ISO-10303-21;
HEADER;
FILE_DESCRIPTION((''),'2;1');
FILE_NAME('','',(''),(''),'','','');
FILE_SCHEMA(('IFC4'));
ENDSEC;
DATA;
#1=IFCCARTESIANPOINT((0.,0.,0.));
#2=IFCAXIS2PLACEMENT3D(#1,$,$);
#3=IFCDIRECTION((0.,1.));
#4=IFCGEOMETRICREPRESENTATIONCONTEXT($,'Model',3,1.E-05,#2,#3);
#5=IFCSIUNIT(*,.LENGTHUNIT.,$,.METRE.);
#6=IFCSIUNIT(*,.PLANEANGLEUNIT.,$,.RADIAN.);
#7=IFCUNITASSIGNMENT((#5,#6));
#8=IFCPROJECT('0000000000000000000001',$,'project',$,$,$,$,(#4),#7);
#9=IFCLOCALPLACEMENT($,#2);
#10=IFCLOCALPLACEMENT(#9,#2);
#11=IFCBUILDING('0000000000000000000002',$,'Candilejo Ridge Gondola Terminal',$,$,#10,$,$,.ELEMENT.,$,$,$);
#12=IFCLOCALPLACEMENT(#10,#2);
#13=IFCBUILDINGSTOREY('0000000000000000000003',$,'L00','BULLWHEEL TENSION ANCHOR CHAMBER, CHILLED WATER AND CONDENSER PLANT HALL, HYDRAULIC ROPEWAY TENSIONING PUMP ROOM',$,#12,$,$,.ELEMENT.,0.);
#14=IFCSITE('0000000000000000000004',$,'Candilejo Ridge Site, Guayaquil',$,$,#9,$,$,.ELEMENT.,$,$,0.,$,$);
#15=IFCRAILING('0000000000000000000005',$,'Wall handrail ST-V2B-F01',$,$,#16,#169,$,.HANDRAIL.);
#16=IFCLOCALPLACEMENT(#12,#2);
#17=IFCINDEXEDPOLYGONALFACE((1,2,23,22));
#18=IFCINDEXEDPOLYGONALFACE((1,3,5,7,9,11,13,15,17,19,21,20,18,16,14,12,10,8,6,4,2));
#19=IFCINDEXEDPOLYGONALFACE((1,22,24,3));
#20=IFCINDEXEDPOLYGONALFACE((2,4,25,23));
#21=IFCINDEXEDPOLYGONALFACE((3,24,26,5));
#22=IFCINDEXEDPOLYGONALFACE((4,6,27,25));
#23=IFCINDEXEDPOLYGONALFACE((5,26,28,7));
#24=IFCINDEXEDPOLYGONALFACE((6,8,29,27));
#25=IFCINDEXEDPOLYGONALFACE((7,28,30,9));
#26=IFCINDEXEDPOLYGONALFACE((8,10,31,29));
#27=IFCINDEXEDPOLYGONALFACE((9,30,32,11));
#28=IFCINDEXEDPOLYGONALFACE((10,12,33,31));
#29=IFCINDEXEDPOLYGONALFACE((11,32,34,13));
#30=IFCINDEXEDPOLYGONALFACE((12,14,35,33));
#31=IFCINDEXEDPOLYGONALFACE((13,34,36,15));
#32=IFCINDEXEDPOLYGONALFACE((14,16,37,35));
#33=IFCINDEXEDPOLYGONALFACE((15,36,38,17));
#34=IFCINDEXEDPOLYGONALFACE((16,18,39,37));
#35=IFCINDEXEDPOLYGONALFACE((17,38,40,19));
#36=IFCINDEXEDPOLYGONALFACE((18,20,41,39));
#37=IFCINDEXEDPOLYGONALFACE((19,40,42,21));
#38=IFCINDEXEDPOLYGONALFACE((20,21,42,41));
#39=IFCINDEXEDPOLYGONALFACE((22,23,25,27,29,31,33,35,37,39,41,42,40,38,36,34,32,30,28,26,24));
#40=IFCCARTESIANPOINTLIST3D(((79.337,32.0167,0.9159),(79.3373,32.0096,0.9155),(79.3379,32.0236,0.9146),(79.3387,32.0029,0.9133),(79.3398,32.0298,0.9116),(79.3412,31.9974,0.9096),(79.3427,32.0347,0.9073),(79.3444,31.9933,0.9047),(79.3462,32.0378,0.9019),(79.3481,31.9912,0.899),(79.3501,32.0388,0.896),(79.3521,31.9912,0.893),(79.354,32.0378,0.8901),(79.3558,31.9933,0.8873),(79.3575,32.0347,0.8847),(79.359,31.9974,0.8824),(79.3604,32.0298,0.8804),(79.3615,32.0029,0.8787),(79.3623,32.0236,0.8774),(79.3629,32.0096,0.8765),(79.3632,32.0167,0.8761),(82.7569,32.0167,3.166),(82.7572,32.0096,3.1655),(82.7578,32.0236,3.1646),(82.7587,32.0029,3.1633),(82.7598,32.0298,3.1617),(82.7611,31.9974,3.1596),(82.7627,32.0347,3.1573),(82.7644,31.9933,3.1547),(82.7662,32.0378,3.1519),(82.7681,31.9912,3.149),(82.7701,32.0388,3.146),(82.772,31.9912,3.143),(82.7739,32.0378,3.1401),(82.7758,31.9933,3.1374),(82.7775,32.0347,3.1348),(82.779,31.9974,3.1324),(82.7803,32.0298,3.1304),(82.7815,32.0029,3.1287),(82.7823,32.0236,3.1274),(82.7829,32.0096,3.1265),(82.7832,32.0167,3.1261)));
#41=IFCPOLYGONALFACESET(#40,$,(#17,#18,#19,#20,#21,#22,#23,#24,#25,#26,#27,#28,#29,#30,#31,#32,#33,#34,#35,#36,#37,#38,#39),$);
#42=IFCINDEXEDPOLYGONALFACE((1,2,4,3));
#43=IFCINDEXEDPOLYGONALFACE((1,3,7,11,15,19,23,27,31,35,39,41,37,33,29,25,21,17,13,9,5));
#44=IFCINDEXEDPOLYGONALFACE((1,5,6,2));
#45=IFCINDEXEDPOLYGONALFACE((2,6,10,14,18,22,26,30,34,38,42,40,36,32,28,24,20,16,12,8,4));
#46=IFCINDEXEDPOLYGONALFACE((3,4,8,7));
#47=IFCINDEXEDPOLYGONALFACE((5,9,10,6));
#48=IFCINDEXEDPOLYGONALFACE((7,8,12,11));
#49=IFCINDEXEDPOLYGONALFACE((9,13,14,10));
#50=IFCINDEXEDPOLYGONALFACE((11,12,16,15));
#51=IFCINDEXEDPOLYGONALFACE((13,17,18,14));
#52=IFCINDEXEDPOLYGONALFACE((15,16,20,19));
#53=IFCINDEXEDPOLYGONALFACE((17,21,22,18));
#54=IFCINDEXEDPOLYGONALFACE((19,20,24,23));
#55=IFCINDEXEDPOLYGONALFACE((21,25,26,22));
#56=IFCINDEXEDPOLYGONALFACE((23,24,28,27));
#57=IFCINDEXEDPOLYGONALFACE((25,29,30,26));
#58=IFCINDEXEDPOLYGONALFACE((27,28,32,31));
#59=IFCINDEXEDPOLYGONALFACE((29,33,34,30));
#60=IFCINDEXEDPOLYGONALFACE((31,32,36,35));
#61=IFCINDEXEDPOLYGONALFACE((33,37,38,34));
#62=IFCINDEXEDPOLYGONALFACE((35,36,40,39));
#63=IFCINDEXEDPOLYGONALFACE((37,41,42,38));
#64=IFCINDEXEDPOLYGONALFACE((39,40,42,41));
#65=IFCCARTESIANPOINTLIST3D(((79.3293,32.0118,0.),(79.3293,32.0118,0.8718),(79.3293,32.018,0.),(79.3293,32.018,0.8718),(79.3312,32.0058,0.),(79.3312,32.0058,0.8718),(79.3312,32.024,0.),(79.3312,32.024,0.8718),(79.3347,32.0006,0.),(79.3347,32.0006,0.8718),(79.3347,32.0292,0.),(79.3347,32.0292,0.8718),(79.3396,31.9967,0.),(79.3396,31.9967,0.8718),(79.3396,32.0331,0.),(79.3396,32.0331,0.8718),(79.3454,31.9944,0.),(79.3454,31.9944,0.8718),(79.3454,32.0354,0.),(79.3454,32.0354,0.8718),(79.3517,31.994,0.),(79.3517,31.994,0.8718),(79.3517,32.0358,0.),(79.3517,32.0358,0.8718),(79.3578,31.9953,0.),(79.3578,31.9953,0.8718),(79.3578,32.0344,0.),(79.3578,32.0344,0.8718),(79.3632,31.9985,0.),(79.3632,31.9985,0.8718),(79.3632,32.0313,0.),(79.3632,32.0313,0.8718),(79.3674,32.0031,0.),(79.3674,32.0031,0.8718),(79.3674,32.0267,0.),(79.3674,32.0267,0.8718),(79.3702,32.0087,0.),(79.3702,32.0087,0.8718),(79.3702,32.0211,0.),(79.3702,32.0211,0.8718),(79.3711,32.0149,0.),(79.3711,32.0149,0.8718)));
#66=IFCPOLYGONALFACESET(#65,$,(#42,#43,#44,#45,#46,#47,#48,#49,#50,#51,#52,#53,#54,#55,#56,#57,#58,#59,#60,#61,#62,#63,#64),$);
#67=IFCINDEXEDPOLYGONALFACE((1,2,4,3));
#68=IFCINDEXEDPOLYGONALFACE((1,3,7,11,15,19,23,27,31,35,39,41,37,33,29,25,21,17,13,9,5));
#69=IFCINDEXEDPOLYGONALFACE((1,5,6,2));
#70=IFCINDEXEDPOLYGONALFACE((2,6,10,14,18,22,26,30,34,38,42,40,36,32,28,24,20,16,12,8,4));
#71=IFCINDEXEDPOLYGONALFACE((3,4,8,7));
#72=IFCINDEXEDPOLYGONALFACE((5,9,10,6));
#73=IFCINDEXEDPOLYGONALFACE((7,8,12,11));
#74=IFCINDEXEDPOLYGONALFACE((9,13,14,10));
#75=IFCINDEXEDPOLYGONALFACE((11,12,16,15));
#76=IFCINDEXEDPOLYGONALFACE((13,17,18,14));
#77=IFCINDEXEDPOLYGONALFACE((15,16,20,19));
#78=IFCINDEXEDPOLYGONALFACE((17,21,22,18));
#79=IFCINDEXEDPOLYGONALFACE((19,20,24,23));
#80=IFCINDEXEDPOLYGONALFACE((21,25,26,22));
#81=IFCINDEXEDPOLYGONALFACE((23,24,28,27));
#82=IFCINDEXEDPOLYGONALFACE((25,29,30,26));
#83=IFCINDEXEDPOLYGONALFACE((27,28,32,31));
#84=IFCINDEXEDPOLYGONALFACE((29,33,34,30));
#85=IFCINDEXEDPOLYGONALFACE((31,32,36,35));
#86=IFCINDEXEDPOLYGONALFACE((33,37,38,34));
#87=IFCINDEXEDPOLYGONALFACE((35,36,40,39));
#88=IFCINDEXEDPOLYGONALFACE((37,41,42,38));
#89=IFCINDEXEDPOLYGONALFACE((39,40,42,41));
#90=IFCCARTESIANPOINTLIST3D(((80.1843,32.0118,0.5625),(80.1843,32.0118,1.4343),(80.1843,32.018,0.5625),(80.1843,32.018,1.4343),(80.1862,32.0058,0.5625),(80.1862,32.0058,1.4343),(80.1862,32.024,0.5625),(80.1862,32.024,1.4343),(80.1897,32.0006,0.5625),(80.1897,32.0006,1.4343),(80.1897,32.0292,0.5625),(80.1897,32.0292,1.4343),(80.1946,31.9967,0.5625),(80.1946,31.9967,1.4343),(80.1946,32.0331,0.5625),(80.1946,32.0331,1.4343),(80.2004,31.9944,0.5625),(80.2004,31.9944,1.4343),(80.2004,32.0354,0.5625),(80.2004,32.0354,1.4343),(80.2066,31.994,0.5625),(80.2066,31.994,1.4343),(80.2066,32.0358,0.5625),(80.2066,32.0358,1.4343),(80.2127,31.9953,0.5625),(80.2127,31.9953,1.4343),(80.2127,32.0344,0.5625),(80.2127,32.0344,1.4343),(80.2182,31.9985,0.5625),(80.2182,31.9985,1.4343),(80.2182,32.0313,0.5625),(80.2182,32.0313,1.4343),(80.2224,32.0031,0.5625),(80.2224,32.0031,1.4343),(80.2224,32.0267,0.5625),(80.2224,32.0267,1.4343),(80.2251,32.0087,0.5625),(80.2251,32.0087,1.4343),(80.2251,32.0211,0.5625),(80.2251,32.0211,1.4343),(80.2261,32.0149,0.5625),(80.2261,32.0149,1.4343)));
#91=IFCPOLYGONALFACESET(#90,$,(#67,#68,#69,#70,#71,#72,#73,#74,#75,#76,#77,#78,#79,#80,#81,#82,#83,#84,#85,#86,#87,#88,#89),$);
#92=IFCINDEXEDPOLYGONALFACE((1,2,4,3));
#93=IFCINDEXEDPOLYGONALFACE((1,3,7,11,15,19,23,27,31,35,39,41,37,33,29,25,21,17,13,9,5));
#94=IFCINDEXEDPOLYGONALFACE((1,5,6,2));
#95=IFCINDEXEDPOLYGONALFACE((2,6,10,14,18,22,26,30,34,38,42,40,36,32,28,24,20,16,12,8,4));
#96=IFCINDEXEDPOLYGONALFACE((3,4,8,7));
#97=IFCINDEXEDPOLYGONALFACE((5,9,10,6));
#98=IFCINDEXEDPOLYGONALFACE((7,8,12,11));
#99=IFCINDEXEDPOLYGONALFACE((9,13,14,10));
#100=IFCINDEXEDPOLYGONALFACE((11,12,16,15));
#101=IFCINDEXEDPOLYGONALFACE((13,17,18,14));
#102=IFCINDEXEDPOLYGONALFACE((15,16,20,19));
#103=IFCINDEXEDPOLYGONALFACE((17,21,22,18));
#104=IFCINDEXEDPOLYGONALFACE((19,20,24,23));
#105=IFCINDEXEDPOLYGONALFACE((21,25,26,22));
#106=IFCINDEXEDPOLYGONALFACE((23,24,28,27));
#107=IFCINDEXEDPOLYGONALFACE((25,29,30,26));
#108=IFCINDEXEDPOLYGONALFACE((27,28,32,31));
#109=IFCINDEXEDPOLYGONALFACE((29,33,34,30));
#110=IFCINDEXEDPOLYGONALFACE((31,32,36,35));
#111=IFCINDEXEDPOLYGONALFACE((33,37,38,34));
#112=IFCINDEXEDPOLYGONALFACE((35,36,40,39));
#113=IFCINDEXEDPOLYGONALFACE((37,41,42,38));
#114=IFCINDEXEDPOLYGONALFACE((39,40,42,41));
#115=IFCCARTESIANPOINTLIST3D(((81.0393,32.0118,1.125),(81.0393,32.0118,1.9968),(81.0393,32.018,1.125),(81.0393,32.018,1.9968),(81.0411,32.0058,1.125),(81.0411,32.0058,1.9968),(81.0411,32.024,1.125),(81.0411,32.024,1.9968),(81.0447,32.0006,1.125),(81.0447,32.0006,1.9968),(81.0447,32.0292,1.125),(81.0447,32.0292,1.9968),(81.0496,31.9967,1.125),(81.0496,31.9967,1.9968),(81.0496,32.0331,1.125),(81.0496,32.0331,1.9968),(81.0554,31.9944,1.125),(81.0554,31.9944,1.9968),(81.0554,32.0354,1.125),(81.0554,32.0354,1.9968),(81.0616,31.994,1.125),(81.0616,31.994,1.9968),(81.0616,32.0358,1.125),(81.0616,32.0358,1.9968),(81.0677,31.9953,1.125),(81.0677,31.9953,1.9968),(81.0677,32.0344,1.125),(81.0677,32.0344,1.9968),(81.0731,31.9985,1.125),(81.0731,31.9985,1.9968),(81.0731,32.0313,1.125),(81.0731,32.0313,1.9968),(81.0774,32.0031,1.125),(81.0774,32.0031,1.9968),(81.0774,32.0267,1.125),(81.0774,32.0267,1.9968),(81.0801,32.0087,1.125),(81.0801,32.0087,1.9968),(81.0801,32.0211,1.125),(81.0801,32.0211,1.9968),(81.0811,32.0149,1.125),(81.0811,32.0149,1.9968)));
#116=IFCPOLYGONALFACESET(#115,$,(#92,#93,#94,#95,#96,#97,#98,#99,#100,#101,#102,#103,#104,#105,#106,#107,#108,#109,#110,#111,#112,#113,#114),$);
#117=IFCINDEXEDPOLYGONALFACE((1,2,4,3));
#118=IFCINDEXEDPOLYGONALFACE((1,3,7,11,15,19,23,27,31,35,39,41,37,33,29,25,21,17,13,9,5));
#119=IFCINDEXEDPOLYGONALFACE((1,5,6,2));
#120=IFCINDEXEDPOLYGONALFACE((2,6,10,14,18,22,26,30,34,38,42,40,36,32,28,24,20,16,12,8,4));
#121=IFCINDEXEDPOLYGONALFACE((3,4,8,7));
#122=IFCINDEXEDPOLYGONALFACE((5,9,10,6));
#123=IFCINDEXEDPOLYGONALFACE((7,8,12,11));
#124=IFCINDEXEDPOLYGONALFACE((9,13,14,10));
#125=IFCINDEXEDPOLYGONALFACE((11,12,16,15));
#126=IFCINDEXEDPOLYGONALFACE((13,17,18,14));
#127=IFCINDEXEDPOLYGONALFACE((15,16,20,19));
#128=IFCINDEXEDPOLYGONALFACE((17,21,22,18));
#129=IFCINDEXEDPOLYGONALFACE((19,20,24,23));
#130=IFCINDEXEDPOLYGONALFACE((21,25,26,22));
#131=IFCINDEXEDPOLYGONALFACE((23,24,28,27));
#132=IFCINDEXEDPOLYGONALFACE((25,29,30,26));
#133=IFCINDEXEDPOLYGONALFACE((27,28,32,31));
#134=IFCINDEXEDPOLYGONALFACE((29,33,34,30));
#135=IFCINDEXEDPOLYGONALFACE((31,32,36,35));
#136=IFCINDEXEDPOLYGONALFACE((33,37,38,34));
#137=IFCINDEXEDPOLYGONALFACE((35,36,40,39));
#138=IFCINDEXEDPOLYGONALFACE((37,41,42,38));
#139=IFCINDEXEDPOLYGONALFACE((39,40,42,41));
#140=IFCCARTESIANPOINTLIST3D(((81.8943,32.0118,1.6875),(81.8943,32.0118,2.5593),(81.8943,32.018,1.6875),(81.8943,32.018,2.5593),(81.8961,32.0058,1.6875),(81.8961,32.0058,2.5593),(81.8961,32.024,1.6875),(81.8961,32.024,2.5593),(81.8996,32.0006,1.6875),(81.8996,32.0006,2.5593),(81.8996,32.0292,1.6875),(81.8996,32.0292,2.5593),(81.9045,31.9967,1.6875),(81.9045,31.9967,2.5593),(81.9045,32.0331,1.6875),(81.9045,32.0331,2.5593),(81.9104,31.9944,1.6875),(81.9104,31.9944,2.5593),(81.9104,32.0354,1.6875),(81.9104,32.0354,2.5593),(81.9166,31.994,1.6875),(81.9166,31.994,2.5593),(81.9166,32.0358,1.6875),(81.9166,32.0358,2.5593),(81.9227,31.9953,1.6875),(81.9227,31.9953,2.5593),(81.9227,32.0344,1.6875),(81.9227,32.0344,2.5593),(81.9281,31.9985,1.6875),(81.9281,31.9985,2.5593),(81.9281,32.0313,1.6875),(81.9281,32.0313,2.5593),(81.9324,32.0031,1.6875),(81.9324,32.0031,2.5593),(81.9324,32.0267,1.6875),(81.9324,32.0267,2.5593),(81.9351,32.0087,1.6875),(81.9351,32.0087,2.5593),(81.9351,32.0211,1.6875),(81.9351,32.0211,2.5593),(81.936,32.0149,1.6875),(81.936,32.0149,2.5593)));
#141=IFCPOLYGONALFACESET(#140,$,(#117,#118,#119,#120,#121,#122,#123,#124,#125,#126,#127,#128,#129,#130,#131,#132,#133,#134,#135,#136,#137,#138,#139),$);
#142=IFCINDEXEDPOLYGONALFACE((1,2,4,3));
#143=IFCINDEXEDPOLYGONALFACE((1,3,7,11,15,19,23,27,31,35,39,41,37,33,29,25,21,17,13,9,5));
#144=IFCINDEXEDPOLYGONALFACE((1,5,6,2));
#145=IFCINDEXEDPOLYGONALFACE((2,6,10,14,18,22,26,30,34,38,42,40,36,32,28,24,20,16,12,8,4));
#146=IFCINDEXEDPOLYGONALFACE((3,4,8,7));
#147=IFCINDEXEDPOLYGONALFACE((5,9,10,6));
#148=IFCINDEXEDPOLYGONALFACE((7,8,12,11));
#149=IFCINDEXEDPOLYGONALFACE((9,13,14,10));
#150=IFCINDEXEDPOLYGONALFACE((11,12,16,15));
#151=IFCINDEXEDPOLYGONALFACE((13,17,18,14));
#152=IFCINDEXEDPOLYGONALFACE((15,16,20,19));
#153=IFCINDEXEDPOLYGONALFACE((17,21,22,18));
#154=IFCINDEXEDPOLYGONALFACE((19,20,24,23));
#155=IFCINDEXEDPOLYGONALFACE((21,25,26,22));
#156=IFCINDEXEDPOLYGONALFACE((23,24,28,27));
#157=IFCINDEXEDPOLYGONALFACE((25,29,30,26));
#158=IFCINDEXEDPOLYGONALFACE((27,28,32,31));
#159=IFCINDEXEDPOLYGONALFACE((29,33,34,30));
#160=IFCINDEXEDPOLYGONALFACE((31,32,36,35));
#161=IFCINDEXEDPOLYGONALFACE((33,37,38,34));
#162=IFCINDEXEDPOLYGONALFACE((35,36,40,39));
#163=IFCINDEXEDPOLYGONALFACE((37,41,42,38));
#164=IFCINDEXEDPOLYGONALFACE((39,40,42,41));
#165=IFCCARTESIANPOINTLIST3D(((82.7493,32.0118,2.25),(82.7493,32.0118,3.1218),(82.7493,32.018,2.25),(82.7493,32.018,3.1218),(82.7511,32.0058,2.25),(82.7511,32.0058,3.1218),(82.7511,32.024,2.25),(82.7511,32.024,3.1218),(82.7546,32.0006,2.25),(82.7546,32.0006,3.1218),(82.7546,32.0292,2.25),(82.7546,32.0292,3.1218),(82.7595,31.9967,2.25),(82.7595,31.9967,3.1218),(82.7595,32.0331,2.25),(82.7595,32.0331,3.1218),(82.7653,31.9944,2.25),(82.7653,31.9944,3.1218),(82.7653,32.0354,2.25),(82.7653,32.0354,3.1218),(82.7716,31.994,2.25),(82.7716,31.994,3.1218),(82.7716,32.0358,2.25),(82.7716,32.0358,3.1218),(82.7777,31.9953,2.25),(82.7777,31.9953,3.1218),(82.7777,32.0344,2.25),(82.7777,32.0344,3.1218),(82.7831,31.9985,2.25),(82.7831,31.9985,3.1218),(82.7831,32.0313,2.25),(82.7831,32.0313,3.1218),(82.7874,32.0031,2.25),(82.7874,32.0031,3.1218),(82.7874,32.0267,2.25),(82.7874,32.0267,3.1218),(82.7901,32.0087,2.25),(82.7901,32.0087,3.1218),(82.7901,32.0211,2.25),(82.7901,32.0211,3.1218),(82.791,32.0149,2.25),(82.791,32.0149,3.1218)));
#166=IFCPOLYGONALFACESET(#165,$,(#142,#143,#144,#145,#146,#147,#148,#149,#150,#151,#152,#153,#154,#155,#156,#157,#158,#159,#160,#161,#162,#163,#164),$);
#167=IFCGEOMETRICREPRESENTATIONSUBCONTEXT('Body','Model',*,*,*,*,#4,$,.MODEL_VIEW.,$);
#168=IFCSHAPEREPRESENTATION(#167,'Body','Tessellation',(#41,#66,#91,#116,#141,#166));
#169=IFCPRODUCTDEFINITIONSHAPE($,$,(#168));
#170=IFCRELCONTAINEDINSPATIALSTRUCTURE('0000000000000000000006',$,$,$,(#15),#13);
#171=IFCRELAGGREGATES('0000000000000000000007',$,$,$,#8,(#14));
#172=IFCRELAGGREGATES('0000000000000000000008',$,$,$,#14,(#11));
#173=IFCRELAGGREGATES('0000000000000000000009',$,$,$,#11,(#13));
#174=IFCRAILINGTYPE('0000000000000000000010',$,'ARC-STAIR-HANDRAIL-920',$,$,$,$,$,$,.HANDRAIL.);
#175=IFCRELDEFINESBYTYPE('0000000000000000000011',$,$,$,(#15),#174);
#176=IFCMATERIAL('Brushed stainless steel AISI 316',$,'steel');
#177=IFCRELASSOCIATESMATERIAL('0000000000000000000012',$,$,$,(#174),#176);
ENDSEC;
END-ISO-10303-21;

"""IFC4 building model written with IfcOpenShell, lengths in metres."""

from ifc_helpers import new_model, si_unit, direction, frame, origin, origin_2d, place, context, subcontext, project, spatial, circle, extrude, material, type_object, element, save


model = new_model("IFC4")

# Units and contexts
model_context = context("Model", 3, precision=1e-05, world=origin(), true_north=direction((0.0, 1.0)))
body_context = subcontext(model_context, "Body", "Model", "MODEL_VIEW")
ifc_project = project(units=[si_unit("LENGTHUNIT", "METRE"), si_unit("PLANEANGLEUNIT", "RADIAN")], contexts=[model_context])

# Site, building, storey
site_placement = place(None, origin())
site = spatial("IfcSite", under=ifc_project, at=site_placement, Name="Candilejo Ridge Site, Guayaquil", CompositionType="ELEMENT", RefElevation=0.0)
building_placement = place(site_placement, origin())
building = spatial("IfcBuilding", under=site, at=building_placement, Name="Candilejo Ridge Gondola Terminal", CompositionType="ELEMENT")
storey_placement = place(building_placement, origin())
storey = spatial("IfcBuildingStorey", under=building, at=storey_placement, Name="L00", Description="BULLWHEEL TENSION ANCHOR CHAMBER, CHILLED WATER AND CONDENSER PLANT HALL, HYDRAULIC ROPEWAY TENSIONING PUMP ROOM", CompositionType="ELEMENT", Elevation=0.0)

# Railing
ifc_material_1 = material(Name="Brushed stainless steel AISI 316", Category="steel")
railing_type = type_object("IfcRailingType", Name="ARC-STAIR-HANDRAIL-920", PredefinedType="HANDRAIL", material=ifc_material_1)
railing_placement = place(storey_placement, frame((79.3501, 32.0149, 0.0)))
element("IfcRailing", 1, at=railing_placement, inside=storey, type_object=railing_type, Name="Wall handrail ST-V2B-F01", PredefinedType="HANDRAIL", context=body_context, shape_type="SweptSolid", body=[
    extrude(circle(Radius=0.0239, at=origin_2d()), frame((0.0, 0.0, 0.896), z_axis=(0.835411, 0.0, 0.549625), x_axis=(0.0, 1.0, 0.0)), (0.0, 0.0, 1.0), 4.0938),
    extrude(circle(Radius=0.021, at=origin_2d()), origin(), (0.0, 0.0, 1.0), 0.8718),
    extrude(circle(Radius=0.021, at=origin_2d()), frame((0.855, 0.0, 0.5625)), (0.0, 0.0, 1.0), 0.8718),
    extrude(circle(Radius=0.021, at=origin_2d()), frame((1.71, 0.0, 1.125)), (0.0, 0.0, 1.0), 0.8718),
    extrude(circle(Radius=0.021, at=origin_2d()), frame((2.5649, 0.0, 1.6875)), (0.0, 0.0, 1.0), 0.8718),
    extrude(circle(Radius=0.021, at=origin_2d()), frame((3.4199, 0.0, 2.25)), (0.0, 0.0, 1.0), 0.8718),
])

save(model, "model.ifc")
